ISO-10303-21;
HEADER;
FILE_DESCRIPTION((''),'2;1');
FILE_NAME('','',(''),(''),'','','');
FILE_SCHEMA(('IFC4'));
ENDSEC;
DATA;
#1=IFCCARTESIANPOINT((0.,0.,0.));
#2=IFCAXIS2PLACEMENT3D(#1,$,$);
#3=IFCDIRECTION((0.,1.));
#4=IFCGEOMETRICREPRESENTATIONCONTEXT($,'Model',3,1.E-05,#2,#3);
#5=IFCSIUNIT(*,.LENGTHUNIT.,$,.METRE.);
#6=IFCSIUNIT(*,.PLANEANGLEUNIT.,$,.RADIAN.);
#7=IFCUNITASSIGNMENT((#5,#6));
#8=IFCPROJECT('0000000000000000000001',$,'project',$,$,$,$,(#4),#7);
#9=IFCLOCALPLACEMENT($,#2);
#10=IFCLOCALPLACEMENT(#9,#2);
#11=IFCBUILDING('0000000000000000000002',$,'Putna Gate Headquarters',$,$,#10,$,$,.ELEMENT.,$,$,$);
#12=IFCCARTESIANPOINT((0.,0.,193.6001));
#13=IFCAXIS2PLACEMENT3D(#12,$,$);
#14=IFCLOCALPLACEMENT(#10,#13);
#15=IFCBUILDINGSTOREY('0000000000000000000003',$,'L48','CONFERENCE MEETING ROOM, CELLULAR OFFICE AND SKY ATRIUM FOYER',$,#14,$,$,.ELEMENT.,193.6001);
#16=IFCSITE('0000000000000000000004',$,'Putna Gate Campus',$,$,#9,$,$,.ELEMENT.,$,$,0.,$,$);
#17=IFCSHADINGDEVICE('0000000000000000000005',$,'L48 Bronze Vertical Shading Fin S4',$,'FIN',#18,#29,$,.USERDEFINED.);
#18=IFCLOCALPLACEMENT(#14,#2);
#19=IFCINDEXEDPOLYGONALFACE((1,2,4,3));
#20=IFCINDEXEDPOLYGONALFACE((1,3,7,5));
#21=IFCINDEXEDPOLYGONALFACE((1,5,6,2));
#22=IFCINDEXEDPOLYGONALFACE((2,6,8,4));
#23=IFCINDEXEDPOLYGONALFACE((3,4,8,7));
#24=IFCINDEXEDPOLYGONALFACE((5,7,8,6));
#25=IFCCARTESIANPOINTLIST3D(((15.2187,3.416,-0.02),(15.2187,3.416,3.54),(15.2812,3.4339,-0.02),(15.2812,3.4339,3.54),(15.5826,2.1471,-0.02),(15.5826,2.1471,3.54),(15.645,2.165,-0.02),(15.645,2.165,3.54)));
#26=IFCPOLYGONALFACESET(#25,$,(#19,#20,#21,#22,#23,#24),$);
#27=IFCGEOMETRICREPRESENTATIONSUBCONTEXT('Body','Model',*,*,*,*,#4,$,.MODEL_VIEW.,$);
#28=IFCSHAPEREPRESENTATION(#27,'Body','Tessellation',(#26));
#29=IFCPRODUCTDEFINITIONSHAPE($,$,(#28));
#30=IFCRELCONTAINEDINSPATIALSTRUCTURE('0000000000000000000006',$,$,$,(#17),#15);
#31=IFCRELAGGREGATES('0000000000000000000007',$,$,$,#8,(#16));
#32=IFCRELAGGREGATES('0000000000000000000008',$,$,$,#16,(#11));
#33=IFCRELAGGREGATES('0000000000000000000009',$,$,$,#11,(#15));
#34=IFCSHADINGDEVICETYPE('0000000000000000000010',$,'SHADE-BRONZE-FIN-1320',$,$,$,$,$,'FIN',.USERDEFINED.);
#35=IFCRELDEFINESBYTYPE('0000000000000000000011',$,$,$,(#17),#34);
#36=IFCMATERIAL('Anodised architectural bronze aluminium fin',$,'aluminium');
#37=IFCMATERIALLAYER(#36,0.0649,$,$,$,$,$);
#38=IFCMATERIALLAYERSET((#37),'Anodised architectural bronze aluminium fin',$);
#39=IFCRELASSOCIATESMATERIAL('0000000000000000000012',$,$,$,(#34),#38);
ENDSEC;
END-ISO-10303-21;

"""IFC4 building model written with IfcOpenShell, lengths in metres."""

from ifc_helpers import new_model, si_unit, direction, frame, origin, origin_2d, place, context, subcontext, project, spatial, rectangle, extrude, material, layer, layer_set, type_object, element, save


model = new_model("IFC4")

# Units and contexts
model_context = context("Model", 3, precision=1e-05, world=origin(), true_north=direction((0.0, 1.0)))
body_context = subcontext(model_context, "Body", "Model", "MODEL_VIEW")
ifc_project = project(units=[si_unit("LENGTHUNIT", "METRE"), si_unit("PLANEANGLEUNIT", "RADIAN")], contexts=[model_context])

# Site, building, storey
site_placement = place(None, origin())
site = spatial("IfcSite", under=ifc_project, at=site_placement, Name="Putna Gate Campus", CompositionType="ELEMENT", RefElevation=0.0)
building_placement = place(site_placement, origin())
building = spatial("IfcBuilding", under=site, at=building_placement, Name="Putna Gate Headquarters", CompositionType="ELEMENT")
storey_placement = place(building_placement, frame((0.0, 0.0, 193.6001)))
storey = spatial("IfcBuildingStorey", under=building, at=storey_placement, Name="L48", Description="CONFERENCE MEETING ROOM, CELLULAR OFFICE AND SKY ATRIUM FOYER", CompositionType="ELEMENT", Elevation=193.6001)

# Shading device
ifc_material_1 = material(Name="Anodised architectural bronze aluminium fin", Category="aluminium")
ifc_layer_1 = layer(ifc_material_1, 0.0649)
ifc_layer_set_1 = layer_set([ifc_layer_1], Name="Anodised architectural bronze aluminium fin")
shading_device_type = type_object("IfcShadingDeviceType", Name="SHADE-BRONZE-FIN-1320", ElementType="FIN", PredefinedType="USERDEFINED", material=ifc_layer_set_1)
for number, where, z_axis, x_axis, name in (
    (1, (15.4319, 2.7905, -0.02), (0.0, 0.0, 1.0), (0.275637, -0.961262, 0.0), "L48 Bronze Vertical Shading Fin S4"),
):
    element("IfcShadingDevice", number, at=place(storey_placement, frame(where, z_axis=z_axis, x_axis=x_axis)), inside=storey, type_object=shading_device_type, Name=name, ObjectType="FIN", PredefinedType="USERDEFINED", context=body_context, shape_type="SweptSolid", body=[
        extrude(rectangle(XDim=1.3201, YDim=0.0649, at=origin_2d()), origin(), (0.0, 0.0, 1.0), 3.5601),
    ])

save(model, "model.ifc")
